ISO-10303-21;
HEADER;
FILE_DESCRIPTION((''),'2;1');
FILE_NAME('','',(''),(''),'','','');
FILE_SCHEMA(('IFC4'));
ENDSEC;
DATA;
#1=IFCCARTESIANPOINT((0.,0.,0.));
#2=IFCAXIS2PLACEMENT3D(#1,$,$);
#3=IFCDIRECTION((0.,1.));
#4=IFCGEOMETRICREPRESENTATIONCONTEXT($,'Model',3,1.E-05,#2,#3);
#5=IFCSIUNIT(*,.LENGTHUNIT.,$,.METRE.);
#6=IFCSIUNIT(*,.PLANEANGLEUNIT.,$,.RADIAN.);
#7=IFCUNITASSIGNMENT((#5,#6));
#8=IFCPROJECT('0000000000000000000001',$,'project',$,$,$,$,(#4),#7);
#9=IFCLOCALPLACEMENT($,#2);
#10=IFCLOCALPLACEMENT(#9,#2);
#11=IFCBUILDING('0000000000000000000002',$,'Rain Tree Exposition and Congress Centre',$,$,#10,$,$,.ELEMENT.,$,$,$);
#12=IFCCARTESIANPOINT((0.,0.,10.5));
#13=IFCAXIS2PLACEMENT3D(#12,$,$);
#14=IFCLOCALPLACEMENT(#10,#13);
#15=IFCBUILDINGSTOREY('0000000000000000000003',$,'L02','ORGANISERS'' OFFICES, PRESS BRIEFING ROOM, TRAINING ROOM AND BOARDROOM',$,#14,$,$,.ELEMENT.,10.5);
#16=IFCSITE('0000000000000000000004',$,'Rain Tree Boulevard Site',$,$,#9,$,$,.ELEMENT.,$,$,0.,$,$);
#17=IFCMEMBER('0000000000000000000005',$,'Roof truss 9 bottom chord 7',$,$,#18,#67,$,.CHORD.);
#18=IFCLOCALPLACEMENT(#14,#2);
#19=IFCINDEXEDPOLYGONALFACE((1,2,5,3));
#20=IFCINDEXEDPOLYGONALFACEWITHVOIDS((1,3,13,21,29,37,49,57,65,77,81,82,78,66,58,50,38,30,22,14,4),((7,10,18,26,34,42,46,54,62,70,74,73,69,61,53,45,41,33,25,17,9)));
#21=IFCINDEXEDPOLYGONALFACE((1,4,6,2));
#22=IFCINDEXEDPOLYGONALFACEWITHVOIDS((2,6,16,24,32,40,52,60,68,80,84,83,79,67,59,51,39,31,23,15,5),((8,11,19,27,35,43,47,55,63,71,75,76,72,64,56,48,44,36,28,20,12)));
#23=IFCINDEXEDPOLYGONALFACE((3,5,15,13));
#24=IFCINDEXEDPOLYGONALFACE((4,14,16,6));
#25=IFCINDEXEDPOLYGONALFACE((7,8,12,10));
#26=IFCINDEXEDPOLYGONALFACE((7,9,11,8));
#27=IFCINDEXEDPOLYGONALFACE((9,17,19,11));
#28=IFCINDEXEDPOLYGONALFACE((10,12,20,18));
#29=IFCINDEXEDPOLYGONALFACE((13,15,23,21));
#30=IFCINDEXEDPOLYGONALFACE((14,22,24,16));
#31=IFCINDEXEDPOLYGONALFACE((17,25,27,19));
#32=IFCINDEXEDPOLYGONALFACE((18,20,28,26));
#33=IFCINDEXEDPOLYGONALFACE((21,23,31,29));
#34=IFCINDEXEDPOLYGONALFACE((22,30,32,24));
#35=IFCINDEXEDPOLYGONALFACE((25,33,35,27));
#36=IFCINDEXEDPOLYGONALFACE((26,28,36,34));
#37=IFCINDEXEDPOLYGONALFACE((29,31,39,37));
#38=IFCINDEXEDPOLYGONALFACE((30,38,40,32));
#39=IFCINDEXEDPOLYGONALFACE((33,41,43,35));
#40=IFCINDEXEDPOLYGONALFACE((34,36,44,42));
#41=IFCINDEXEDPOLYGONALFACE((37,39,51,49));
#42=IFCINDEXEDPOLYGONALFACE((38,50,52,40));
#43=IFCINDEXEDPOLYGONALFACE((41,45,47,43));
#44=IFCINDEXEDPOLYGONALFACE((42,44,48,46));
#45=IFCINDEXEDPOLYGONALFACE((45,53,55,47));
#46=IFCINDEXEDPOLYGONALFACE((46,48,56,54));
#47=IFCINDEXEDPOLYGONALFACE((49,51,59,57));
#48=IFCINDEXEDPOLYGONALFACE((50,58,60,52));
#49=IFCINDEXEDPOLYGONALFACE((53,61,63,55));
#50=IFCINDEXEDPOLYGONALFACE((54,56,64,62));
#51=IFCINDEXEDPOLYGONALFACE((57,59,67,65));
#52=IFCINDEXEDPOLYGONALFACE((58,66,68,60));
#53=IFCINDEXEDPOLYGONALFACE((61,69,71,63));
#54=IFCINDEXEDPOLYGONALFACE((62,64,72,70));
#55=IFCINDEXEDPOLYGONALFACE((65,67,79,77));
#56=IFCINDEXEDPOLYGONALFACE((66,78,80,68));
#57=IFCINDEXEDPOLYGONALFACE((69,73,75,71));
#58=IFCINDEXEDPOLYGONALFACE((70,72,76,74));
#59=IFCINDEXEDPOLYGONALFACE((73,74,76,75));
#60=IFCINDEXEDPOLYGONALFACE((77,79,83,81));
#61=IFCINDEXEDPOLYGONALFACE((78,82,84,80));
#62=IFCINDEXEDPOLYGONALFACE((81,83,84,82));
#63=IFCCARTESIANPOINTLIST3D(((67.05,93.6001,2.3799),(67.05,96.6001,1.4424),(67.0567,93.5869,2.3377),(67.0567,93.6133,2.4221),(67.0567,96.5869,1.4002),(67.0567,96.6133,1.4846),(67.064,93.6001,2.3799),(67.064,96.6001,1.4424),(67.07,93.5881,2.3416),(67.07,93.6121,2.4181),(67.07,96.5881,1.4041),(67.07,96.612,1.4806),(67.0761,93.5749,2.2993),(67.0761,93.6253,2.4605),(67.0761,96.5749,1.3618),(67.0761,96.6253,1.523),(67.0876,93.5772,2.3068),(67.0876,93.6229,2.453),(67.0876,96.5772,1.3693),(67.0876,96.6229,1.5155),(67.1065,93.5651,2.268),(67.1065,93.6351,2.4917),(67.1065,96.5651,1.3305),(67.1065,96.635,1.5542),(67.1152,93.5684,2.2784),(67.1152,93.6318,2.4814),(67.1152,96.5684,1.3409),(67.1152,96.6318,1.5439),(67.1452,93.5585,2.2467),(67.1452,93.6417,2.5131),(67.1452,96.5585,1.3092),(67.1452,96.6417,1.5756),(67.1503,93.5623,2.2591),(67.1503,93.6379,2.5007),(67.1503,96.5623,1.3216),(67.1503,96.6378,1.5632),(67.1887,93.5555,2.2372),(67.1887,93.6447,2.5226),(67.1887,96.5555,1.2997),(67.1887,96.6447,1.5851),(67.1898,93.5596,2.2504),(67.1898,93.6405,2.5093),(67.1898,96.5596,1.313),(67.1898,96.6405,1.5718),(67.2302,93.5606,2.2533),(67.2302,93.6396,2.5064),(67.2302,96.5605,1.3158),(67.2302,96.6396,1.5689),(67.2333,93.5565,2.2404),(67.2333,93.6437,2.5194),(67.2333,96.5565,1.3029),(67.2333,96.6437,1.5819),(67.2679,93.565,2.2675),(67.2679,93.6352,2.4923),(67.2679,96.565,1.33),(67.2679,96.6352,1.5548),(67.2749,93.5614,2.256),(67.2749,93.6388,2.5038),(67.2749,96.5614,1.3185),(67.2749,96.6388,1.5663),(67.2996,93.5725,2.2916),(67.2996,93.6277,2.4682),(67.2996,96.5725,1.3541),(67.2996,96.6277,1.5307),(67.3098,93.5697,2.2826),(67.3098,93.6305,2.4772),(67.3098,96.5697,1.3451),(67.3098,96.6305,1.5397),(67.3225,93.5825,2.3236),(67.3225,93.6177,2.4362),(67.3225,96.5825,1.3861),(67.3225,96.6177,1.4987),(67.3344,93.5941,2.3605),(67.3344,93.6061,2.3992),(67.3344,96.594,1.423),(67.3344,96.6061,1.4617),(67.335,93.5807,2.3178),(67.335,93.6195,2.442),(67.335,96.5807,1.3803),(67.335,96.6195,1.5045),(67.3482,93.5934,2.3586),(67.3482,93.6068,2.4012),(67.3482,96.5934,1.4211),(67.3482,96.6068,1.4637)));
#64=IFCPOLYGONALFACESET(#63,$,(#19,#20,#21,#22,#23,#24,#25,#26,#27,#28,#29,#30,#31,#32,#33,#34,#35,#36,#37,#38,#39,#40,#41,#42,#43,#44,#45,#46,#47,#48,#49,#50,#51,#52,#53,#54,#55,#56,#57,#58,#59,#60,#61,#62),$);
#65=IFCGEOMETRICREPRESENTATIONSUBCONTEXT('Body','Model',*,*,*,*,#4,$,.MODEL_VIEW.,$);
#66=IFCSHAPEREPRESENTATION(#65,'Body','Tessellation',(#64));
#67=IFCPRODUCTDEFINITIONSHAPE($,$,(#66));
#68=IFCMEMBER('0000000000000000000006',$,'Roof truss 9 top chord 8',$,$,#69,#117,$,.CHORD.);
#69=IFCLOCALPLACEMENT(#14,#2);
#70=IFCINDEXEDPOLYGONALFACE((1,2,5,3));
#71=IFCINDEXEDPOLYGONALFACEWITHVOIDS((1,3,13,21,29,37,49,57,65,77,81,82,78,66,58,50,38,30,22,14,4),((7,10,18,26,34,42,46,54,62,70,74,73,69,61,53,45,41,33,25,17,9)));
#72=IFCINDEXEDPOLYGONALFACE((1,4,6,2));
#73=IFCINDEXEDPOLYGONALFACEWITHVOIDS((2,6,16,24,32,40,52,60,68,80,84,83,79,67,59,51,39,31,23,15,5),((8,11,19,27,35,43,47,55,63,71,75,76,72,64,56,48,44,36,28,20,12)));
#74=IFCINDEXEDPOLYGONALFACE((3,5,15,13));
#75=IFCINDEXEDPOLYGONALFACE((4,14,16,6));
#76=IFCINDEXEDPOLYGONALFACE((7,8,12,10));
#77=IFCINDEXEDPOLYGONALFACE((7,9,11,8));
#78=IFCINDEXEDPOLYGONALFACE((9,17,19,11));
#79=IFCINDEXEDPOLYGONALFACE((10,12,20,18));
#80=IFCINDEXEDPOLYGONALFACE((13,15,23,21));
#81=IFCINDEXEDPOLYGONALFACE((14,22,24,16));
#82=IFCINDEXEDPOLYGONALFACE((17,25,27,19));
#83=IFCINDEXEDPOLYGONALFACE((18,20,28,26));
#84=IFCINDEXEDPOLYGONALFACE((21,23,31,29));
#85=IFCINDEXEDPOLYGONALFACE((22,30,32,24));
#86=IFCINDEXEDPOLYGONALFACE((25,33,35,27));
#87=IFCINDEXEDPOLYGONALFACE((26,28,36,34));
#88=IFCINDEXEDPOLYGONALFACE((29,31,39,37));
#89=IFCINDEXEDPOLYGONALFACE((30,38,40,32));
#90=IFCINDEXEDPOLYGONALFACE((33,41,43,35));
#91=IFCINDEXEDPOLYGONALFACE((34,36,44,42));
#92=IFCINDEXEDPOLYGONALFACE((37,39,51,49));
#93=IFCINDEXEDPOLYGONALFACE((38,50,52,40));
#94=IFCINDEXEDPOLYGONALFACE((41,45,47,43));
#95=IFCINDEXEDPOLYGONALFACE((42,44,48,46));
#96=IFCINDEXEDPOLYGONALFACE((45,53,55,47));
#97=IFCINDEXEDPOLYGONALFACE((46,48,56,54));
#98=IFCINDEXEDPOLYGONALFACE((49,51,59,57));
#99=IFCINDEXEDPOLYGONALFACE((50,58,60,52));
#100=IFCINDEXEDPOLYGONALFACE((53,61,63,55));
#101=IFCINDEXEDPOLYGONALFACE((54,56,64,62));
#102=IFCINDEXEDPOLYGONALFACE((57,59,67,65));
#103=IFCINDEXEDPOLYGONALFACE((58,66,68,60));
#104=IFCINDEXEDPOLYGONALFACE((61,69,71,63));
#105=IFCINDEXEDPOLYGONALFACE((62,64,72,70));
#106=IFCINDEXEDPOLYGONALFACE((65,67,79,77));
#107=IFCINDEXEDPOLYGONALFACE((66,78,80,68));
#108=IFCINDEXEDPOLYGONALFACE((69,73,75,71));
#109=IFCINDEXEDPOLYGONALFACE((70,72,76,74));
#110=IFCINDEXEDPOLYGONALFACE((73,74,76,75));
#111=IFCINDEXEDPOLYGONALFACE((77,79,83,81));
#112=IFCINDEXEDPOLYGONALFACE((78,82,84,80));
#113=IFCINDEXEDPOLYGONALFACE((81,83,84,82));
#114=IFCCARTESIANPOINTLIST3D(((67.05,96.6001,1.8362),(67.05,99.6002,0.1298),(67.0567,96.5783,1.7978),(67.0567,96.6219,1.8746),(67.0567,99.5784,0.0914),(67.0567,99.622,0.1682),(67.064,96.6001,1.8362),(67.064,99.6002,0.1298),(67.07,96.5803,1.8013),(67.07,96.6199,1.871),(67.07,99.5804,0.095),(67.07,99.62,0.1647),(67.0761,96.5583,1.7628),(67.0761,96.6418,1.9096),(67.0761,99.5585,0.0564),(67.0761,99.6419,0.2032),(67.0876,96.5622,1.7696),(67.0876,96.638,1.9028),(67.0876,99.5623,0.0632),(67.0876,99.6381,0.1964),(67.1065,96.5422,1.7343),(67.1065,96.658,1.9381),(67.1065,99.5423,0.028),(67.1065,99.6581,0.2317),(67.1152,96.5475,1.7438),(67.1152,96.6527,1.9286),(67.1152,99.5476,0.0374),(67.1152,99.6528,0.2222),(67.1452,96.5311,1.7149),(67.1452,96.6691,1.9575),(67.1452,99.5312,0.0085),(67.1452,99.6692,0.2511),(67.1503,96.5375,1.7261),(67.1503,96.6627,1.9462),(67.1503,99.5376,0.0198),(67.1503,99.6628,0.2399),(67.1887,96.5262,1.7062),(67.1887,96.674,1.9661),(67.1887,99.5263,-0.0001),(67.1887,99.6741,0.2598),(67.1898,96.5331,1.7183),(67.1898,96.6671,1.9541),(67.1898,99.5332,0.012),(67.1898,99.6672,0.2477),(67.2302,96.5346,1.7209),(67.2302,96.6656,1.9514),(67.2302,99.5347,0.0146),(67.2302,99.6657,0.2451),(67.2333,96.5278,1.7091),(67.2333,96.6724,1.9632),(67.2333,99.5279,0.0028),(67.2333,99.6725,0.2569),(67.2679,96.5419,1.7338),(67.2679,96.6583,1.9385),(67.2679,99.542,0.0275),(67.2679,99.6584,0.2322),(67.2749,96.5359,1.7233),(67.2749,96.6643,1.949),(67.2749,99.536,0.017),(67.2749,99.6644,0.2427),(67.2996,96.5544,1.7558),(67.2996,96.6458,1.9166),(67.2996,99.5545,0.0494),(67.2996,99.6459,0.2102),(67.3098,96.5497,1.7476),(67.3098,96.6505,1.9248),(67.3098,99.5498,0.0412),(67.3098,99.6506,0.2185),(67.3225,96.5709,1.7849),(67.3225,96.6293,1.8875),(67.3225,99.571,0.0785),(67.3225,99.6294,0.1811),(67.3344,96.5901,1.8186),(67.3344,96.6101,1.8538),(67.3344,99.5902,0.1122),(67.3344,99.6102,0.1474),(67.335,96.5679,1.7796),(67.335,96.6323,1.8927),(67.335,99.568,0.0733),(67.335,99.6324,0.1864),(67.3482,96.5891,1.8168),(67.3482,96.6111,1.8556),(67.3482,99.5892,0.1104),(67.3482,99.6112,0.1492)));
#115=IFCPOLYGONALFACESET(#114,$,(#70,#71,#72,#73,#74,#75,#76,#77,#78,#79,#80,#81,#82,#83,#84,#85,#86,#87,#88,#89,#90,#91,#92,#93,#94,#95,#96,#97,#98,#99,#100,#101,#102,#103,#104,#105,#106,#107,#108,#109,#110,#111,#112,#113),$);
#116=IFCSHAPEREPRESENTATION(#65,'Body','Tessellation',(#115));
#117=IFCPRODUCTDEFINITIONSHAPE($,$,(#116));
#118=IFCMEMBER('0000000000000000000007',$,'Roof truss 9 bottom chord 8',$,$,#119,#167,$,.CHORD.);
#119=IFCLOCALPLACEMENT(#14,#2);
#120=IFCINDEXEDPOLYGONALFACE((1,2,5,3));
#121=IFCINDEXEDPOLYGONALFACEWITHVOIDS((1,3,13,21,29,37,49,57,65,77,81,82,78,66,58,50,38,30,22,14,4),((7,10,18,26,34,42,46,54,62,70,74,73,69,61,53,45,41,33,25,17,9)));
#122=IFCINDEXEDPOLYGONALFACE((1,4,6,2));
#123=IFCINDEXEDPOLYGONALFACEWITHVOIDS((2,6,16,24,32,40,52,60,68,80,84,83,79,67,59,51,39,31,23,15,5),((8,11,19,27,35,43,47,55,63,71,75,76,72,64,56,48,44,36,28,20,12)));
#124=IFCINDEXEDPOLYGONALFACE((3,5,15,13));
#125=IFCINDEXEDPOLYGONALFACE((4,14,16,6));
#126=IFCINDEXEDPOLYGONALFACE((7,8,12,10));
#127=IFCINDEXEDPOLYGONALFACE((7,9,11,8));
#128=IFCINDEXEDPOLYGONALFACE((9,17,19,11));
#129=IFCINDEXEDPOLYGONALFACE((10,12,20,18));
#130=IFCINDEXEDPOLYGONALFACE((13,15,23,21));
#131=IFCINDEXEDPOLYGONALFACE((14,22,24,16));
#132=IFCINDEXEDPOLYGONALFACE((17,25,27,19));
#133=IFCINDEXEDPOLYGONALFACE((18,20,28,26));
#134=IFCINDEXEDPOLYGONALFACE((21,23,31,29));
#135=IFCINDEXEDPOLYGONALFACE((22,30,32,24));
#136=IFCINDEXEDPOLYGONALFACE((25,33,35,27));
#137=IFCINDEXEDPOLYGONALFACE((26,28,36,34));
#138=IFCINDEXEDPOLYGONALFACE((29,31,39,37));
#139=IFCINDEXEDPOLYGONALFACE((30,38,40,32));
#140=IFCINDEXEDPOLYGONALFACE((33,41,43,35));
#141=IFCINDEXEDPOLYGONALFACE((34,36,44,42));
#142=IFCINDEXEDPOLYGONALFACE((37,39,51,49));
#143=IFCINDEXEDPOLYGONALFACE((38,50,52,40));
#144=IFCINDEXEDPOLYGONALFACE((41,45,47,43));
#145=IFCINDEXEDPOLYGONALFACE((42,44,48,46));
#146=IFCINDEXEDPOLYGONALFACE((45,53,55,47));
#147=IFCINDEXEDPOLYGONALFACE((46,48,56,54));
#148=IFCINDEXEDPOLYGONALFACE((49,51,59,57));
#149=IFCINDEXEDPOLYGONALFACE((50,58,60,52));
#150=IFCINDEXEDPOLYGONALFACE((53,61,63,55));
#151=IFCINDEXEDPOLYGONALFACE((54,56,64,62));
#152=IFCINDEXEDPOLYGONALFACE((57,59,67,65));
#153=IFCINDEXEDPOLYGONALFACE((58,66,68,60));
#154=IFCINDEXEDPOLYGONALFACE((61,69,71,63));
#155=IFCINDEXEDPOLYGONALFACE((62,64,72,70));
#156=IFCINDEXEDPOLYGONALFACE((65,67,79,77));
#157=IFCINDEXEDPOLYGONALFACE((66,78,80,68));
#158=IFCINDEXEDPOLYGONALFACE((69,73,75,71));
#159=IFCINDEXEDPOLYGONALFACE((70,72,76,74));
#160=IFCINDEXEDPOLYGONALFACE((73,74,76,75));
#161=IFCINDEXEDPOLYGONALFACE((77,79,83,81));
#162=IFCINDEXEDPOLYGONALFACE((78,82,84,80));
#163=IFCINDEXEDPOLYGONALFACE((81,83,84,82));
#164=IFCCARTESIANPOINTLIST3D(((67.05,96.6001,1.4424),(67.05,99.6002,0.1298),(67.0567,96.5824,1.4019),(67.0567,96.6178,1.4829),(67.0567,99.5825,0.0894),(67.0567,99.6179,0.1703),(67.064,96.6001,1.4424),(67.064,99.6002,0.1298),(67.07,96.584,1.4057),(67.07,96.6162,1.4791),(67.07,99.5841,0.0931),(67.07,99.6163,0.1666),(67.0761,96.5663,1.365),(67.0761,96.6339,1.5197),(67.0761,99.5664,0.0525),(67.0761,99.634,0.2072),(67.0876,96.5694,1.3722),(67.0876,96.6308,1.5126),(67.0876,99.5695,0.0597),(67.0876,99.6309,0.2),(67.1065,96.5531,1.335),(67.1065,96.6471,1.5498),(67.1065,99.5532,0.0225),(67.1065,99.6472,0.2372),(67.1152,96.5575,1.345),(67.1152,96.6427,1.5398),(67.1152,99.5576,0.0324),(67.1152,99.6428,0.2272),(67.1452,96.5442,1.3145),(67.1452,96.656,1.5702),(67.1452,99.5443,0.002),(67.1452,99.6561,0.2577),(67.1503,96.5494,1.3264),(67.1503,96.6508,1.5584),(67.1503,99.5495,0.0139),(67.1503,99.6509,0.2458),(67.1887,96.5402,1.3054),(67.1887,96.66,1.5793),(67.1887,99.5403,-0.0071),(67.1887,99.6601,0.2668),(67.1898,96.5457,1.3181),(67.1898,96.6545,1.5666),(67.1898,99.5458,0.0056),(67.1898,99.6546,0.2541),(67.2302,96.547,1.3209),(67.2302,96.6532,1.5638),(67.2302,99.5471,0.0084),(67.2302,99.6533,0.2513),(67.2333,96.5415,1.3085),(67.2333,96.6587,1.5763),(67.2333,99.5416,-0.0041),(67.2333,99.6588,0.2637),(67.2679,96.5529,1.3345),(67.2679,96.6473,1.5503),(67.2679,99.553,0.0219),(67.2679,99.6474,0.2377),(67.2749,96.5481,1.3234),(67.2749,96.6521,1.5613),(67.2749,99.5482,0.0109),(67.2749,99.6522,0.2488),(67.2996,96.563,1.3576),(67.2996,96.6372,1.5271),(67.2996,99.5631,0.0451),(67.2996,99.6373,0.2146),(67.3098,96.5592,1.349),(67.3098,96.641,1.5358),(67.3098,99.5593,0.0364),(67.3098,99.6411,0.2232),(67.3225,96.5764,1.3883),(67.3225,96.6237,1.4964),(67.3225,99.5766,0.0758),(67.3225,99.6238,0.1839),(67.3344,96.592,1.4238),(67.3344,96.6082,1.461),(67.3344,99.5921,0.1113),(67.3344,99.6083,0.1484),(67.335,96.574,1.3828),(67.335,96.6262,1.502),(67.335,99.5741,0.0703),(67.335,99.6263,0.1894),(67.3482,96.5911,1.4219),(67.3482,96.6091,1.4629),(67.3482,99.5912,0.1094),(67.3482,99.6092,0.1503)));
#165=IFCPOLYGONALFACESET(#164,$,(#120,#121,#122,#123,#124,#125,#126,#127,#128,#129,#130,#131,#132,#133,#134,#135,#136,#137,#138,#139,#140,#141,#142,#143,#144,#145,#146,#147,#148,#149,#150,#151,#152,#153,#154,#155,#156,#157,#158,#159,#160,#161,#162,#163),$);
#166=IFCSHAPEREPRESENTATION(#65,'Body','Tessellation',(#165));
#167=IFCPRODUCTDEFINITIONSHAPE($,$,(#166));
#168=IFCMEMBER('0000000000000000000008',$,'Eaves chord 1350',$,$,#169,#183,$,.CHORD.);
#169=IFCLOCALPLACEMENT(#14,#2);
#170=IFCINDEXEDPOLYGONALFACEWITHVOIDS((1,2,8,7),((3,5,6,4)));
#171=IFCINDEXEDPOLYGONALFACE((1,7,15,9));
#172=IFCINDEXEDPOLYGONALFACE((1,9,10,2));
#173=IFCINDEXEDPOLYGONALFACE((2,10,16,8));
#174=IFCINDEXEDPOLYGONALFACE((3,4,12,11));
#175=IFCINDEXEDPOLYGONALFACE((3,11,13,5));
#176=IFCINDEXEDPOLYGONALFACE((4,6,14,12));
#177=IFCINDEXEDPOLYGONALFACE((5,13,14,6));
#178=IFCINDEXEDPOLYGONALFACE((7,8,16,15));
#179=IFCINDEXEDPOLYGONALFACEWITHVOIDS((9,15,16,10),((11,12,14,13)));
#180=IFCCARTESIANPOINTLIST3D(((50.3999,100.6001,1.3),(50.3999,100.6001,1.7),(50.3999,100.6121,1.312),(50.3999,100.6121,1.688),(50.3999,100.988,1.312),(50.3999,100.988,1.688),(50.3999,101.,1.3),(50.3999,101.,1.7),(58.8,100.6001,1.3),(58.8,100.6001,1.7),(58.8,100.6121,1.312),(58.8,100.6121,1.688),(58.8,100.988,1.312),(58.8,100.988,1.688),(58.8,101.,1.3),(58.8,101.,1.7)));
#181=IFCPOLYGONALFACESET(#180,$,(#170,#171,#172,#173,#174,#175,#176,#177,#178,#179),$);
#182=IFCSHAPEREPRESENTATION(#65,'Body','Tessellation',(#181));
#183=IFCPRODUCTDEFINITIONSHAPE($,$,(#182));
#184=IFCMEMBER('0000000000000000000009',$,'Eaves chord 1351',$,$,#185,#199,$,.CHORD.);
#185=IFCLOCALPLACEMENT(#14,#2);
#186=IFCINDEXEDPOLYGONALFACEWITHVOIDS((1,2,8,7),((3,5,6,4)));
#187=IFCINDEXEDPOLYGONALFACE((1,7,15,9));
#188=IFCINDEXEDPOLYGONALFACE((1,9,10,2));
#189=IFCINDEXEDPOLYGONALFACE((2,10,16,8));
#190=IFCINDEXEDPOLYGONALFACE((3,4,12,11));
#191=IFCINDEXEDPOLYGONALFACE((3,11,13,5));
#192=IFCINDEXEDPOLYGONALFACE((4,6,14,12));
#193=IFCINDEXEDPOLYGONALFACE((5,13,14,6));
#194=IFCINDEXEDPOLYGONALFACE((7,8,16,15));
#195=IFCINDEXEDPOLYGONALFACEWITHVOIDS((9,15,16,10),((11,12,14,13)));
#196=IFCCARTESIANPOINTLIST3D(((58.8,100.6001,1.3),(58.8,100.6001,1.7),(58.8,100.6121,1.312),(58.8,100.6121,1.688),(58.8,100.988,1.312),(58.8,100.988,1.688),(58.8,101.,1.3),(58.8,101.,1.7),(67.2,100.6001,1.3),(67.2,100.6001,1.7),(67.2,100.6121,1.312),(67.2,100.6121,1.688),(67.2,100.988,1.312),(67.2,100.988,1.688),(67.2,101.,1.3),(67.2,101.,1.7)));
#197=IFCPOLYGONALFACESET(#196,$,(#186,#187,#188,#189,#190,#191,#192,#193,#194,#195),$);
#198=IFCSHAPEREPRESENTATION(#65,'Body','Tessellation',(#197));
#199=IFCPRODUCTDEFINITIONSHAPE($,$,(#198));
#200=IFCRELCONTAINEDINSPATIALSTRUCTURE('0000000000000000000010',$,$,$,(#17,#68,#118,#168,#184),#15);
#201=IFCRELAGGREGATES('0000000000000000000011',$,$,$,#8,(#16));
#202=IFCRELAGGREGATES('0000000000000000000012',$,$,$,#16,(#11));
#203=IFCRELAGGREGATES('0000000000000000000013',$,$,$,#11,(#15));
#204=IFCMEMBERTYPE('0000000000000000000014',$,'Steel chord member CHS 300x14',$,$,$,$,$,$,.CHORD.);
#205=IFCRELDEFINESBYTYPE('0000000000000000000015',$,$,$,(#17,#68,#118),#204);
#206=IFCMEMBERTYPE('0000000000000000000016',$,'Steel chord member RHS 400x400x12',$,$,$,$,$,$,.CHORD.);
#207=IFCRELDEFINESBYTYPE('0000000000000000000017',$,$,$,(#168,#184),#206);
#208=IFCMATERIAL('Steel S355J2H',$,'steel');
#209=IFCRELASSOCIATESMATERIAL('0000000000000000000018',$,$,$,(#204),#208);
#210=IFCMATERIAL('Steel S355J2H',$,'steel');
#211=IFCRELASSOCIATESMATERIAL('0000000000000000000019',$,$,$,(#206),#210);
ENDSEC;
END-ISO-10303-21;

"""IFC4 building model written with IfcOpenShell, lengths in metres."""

from ifc_helpers import new_model, si_unit, direction, frame, origin, origin_2d, place, context, subcontext, project, spatial, hollow_rectangle, hollow_circle, extrude, material, material_profile, profile_set, type_object, element, save


model = new_model("IFC4")

# Units and contexts
model_context = context("Model", 3, precision=1e-05, world=origin(), true_north=direction((0.0, 1.0)))
body_context = subcontext(model_context, "Body", "Model", "MODEL_VIEW")
ifc_project = project(units=[si_unit("LENGTHUNIT", "METRE"), si_unit("PLANEANGLEUNIT", "RADIAN")], contexts=[model_context])

# Site, building, storey
site_placement = place(None, origin())
site = spatial("IfcSite", under=ifc_project, at=site_placement, Name="Rain Tree Boulevard Site", CompositionType="ELEMENT", RefElevation=0.0)
building_placement = place(site_placement, origin())
building = spatial("IfcBuilding", under=site, at=building_placement, Name="Rain Tree Exposition and Congress Centre", CompositionType="ELEMENT")
storey_placement = place(building_placement, frame((0.0, 0.0, 10.5)))
storey = spatial("IfcBuildingStorey", under=building, at=storey_placement, Name="L02", Description="ORGANISERS' OFFICES, PRESS BRIEFING ROOM, TRAINING ROOM AND BOARDROOM", CompositionType="ELEMENT", Elevation=10.5)

# Members
ifc_material_1 = material(Name="Steel S355J2H", Category="steel")
ifc_material_profile_1 = material_profile(ifc_material_1, hollow_circle(Radius=0.1499, WallThickness=0.0139, at=origin_2d()), Name="CHS 300x14")
ifc_profile_set_1 = profile_set([ifc_material_profile_1], Name="Steel S355J2H")
member_type_1 = type_object("IfcMemberType", Name="Steel chord member CHS 300x14", PredefinedType="CHORD", material=ifc_profile_set_1)
member_1_placement = place(storey_placement, frame((67.2, 93.6001, 2.3799), z_axis=(0.0, 0.95448, -0.298275), x_axis=(-1.0, 0.0, 0.0)))
element("IfcMember", 1, at=member_1_placement, inside=storey, type_object=member_type_1, Name="Roof truss 9 bottom chord 7", PredefinedType="CHORD", context=body_context, shape_type="SweptSolid", body=[
    extrude(hollow_circle(Radius=0.1499, WallThickness=0.0139, at=origin_2d()), origin(), (0.0, 0.0, 1.0), 3.1431),
])
member_2_placement = place(storey_placement, frame((67.2, 96.6001, 1.8362), z_axis=(0.0, 0.869238, -0.494393), x_axis=(-1.0, 0.0, 0.0)))
element("IfcMember", 2, at=member_2_placement, inside=storey, type_object=member_type_1, Name="Roof truss 9 top chord 8", PredefinedType="CHORD", context=body_context, shape_type="SweptSolid", body=[
    extrude(hollow_circle(Radius=0.1499, WallThickness=0.0139, at=origin_2d()), origin(), (0.0, 0.0, 1.0), 3.4514),
])
member_3_placement = place(storey_placement, frame((67.2, 96.6001, 1.4424), z_axis=(0.0, 0.916157, -0.400819), x_axis=(-1.0, 0.0, 0.0)))
element("IfcMember", 3, at=member_3_placement, inside=storey, type_object=member_type_1, Name="Roof truss 9 bottom chord 8", PredefinedType="CHORD", context=body_context, shape_type="SweptSolid", body=[
    extrude(hollow_circle(Radius=0.1499, WallThickness=0.0139, at=origin_2d()), origin(), (0.0, 0.0, 1.0), 3.2747),
])
ifc_material_2 = material(Name="Steel S355J2H", Category="steel")
ifc_material_profile_2 = material_profile(ifc_material_2, hollow_rectangle(XDim=0.3999, YDim=0.3999, WallThickness=0.012, at=origin_2d()), Name="RHS 400x400x12")
ifc_profile_set_2 = profile_set([ifc_material_profile_2], Name="Steel S355J2H")
member_type_2 = type_object("IfcMemberType", Name="Steel chord member RHS 400x400x12", PredefinedType="CHORD", material=ifc_profile_set_2)
member_4_placement = place(storey_placement, frame((50.3999, 100.8, 1.5), z_axis=(1.0, 0.0, 0.0), x_axis=(0.0, 1.0, 0.0)))
element("IfcMember", 4, at=member_4_placement, inside=storey, type_object=member_type_2, Name="Eaves chord 1350", PredefinedType="CHORD", context=body_context, shape_type="SweptSolid", body=[
    extrude(hollow_rectangle(XDim=0.3999, YDim=0.3999, WallThickness=0.012, at=origin_2d()), origin(), (0.0, 0.0, 1.0), 8.4001),
])
member_5_placement = place(storey_placement, frame((58.8, 100.8, 1.5), z_axis=(1.0, 0.0, 0.0), x_axis=(0.0, 1.0, 0.0)))
element("IfcMember", 5, at=member_5_placement, inside=storey, type_object=member_type_2, Name="Eaves chord 1351", PredefinedType="CHORD", context=body_context, shape_type="SweptSolid", body=[
    extrude(hollow_rectangle(XDim=0.3999, YDim=0.3999, WallThickness=0.012, at=origin_2d()), origin(), (0.0, 0.0, 1.0), 8.3999),
])

save(model, "model.ifc")
